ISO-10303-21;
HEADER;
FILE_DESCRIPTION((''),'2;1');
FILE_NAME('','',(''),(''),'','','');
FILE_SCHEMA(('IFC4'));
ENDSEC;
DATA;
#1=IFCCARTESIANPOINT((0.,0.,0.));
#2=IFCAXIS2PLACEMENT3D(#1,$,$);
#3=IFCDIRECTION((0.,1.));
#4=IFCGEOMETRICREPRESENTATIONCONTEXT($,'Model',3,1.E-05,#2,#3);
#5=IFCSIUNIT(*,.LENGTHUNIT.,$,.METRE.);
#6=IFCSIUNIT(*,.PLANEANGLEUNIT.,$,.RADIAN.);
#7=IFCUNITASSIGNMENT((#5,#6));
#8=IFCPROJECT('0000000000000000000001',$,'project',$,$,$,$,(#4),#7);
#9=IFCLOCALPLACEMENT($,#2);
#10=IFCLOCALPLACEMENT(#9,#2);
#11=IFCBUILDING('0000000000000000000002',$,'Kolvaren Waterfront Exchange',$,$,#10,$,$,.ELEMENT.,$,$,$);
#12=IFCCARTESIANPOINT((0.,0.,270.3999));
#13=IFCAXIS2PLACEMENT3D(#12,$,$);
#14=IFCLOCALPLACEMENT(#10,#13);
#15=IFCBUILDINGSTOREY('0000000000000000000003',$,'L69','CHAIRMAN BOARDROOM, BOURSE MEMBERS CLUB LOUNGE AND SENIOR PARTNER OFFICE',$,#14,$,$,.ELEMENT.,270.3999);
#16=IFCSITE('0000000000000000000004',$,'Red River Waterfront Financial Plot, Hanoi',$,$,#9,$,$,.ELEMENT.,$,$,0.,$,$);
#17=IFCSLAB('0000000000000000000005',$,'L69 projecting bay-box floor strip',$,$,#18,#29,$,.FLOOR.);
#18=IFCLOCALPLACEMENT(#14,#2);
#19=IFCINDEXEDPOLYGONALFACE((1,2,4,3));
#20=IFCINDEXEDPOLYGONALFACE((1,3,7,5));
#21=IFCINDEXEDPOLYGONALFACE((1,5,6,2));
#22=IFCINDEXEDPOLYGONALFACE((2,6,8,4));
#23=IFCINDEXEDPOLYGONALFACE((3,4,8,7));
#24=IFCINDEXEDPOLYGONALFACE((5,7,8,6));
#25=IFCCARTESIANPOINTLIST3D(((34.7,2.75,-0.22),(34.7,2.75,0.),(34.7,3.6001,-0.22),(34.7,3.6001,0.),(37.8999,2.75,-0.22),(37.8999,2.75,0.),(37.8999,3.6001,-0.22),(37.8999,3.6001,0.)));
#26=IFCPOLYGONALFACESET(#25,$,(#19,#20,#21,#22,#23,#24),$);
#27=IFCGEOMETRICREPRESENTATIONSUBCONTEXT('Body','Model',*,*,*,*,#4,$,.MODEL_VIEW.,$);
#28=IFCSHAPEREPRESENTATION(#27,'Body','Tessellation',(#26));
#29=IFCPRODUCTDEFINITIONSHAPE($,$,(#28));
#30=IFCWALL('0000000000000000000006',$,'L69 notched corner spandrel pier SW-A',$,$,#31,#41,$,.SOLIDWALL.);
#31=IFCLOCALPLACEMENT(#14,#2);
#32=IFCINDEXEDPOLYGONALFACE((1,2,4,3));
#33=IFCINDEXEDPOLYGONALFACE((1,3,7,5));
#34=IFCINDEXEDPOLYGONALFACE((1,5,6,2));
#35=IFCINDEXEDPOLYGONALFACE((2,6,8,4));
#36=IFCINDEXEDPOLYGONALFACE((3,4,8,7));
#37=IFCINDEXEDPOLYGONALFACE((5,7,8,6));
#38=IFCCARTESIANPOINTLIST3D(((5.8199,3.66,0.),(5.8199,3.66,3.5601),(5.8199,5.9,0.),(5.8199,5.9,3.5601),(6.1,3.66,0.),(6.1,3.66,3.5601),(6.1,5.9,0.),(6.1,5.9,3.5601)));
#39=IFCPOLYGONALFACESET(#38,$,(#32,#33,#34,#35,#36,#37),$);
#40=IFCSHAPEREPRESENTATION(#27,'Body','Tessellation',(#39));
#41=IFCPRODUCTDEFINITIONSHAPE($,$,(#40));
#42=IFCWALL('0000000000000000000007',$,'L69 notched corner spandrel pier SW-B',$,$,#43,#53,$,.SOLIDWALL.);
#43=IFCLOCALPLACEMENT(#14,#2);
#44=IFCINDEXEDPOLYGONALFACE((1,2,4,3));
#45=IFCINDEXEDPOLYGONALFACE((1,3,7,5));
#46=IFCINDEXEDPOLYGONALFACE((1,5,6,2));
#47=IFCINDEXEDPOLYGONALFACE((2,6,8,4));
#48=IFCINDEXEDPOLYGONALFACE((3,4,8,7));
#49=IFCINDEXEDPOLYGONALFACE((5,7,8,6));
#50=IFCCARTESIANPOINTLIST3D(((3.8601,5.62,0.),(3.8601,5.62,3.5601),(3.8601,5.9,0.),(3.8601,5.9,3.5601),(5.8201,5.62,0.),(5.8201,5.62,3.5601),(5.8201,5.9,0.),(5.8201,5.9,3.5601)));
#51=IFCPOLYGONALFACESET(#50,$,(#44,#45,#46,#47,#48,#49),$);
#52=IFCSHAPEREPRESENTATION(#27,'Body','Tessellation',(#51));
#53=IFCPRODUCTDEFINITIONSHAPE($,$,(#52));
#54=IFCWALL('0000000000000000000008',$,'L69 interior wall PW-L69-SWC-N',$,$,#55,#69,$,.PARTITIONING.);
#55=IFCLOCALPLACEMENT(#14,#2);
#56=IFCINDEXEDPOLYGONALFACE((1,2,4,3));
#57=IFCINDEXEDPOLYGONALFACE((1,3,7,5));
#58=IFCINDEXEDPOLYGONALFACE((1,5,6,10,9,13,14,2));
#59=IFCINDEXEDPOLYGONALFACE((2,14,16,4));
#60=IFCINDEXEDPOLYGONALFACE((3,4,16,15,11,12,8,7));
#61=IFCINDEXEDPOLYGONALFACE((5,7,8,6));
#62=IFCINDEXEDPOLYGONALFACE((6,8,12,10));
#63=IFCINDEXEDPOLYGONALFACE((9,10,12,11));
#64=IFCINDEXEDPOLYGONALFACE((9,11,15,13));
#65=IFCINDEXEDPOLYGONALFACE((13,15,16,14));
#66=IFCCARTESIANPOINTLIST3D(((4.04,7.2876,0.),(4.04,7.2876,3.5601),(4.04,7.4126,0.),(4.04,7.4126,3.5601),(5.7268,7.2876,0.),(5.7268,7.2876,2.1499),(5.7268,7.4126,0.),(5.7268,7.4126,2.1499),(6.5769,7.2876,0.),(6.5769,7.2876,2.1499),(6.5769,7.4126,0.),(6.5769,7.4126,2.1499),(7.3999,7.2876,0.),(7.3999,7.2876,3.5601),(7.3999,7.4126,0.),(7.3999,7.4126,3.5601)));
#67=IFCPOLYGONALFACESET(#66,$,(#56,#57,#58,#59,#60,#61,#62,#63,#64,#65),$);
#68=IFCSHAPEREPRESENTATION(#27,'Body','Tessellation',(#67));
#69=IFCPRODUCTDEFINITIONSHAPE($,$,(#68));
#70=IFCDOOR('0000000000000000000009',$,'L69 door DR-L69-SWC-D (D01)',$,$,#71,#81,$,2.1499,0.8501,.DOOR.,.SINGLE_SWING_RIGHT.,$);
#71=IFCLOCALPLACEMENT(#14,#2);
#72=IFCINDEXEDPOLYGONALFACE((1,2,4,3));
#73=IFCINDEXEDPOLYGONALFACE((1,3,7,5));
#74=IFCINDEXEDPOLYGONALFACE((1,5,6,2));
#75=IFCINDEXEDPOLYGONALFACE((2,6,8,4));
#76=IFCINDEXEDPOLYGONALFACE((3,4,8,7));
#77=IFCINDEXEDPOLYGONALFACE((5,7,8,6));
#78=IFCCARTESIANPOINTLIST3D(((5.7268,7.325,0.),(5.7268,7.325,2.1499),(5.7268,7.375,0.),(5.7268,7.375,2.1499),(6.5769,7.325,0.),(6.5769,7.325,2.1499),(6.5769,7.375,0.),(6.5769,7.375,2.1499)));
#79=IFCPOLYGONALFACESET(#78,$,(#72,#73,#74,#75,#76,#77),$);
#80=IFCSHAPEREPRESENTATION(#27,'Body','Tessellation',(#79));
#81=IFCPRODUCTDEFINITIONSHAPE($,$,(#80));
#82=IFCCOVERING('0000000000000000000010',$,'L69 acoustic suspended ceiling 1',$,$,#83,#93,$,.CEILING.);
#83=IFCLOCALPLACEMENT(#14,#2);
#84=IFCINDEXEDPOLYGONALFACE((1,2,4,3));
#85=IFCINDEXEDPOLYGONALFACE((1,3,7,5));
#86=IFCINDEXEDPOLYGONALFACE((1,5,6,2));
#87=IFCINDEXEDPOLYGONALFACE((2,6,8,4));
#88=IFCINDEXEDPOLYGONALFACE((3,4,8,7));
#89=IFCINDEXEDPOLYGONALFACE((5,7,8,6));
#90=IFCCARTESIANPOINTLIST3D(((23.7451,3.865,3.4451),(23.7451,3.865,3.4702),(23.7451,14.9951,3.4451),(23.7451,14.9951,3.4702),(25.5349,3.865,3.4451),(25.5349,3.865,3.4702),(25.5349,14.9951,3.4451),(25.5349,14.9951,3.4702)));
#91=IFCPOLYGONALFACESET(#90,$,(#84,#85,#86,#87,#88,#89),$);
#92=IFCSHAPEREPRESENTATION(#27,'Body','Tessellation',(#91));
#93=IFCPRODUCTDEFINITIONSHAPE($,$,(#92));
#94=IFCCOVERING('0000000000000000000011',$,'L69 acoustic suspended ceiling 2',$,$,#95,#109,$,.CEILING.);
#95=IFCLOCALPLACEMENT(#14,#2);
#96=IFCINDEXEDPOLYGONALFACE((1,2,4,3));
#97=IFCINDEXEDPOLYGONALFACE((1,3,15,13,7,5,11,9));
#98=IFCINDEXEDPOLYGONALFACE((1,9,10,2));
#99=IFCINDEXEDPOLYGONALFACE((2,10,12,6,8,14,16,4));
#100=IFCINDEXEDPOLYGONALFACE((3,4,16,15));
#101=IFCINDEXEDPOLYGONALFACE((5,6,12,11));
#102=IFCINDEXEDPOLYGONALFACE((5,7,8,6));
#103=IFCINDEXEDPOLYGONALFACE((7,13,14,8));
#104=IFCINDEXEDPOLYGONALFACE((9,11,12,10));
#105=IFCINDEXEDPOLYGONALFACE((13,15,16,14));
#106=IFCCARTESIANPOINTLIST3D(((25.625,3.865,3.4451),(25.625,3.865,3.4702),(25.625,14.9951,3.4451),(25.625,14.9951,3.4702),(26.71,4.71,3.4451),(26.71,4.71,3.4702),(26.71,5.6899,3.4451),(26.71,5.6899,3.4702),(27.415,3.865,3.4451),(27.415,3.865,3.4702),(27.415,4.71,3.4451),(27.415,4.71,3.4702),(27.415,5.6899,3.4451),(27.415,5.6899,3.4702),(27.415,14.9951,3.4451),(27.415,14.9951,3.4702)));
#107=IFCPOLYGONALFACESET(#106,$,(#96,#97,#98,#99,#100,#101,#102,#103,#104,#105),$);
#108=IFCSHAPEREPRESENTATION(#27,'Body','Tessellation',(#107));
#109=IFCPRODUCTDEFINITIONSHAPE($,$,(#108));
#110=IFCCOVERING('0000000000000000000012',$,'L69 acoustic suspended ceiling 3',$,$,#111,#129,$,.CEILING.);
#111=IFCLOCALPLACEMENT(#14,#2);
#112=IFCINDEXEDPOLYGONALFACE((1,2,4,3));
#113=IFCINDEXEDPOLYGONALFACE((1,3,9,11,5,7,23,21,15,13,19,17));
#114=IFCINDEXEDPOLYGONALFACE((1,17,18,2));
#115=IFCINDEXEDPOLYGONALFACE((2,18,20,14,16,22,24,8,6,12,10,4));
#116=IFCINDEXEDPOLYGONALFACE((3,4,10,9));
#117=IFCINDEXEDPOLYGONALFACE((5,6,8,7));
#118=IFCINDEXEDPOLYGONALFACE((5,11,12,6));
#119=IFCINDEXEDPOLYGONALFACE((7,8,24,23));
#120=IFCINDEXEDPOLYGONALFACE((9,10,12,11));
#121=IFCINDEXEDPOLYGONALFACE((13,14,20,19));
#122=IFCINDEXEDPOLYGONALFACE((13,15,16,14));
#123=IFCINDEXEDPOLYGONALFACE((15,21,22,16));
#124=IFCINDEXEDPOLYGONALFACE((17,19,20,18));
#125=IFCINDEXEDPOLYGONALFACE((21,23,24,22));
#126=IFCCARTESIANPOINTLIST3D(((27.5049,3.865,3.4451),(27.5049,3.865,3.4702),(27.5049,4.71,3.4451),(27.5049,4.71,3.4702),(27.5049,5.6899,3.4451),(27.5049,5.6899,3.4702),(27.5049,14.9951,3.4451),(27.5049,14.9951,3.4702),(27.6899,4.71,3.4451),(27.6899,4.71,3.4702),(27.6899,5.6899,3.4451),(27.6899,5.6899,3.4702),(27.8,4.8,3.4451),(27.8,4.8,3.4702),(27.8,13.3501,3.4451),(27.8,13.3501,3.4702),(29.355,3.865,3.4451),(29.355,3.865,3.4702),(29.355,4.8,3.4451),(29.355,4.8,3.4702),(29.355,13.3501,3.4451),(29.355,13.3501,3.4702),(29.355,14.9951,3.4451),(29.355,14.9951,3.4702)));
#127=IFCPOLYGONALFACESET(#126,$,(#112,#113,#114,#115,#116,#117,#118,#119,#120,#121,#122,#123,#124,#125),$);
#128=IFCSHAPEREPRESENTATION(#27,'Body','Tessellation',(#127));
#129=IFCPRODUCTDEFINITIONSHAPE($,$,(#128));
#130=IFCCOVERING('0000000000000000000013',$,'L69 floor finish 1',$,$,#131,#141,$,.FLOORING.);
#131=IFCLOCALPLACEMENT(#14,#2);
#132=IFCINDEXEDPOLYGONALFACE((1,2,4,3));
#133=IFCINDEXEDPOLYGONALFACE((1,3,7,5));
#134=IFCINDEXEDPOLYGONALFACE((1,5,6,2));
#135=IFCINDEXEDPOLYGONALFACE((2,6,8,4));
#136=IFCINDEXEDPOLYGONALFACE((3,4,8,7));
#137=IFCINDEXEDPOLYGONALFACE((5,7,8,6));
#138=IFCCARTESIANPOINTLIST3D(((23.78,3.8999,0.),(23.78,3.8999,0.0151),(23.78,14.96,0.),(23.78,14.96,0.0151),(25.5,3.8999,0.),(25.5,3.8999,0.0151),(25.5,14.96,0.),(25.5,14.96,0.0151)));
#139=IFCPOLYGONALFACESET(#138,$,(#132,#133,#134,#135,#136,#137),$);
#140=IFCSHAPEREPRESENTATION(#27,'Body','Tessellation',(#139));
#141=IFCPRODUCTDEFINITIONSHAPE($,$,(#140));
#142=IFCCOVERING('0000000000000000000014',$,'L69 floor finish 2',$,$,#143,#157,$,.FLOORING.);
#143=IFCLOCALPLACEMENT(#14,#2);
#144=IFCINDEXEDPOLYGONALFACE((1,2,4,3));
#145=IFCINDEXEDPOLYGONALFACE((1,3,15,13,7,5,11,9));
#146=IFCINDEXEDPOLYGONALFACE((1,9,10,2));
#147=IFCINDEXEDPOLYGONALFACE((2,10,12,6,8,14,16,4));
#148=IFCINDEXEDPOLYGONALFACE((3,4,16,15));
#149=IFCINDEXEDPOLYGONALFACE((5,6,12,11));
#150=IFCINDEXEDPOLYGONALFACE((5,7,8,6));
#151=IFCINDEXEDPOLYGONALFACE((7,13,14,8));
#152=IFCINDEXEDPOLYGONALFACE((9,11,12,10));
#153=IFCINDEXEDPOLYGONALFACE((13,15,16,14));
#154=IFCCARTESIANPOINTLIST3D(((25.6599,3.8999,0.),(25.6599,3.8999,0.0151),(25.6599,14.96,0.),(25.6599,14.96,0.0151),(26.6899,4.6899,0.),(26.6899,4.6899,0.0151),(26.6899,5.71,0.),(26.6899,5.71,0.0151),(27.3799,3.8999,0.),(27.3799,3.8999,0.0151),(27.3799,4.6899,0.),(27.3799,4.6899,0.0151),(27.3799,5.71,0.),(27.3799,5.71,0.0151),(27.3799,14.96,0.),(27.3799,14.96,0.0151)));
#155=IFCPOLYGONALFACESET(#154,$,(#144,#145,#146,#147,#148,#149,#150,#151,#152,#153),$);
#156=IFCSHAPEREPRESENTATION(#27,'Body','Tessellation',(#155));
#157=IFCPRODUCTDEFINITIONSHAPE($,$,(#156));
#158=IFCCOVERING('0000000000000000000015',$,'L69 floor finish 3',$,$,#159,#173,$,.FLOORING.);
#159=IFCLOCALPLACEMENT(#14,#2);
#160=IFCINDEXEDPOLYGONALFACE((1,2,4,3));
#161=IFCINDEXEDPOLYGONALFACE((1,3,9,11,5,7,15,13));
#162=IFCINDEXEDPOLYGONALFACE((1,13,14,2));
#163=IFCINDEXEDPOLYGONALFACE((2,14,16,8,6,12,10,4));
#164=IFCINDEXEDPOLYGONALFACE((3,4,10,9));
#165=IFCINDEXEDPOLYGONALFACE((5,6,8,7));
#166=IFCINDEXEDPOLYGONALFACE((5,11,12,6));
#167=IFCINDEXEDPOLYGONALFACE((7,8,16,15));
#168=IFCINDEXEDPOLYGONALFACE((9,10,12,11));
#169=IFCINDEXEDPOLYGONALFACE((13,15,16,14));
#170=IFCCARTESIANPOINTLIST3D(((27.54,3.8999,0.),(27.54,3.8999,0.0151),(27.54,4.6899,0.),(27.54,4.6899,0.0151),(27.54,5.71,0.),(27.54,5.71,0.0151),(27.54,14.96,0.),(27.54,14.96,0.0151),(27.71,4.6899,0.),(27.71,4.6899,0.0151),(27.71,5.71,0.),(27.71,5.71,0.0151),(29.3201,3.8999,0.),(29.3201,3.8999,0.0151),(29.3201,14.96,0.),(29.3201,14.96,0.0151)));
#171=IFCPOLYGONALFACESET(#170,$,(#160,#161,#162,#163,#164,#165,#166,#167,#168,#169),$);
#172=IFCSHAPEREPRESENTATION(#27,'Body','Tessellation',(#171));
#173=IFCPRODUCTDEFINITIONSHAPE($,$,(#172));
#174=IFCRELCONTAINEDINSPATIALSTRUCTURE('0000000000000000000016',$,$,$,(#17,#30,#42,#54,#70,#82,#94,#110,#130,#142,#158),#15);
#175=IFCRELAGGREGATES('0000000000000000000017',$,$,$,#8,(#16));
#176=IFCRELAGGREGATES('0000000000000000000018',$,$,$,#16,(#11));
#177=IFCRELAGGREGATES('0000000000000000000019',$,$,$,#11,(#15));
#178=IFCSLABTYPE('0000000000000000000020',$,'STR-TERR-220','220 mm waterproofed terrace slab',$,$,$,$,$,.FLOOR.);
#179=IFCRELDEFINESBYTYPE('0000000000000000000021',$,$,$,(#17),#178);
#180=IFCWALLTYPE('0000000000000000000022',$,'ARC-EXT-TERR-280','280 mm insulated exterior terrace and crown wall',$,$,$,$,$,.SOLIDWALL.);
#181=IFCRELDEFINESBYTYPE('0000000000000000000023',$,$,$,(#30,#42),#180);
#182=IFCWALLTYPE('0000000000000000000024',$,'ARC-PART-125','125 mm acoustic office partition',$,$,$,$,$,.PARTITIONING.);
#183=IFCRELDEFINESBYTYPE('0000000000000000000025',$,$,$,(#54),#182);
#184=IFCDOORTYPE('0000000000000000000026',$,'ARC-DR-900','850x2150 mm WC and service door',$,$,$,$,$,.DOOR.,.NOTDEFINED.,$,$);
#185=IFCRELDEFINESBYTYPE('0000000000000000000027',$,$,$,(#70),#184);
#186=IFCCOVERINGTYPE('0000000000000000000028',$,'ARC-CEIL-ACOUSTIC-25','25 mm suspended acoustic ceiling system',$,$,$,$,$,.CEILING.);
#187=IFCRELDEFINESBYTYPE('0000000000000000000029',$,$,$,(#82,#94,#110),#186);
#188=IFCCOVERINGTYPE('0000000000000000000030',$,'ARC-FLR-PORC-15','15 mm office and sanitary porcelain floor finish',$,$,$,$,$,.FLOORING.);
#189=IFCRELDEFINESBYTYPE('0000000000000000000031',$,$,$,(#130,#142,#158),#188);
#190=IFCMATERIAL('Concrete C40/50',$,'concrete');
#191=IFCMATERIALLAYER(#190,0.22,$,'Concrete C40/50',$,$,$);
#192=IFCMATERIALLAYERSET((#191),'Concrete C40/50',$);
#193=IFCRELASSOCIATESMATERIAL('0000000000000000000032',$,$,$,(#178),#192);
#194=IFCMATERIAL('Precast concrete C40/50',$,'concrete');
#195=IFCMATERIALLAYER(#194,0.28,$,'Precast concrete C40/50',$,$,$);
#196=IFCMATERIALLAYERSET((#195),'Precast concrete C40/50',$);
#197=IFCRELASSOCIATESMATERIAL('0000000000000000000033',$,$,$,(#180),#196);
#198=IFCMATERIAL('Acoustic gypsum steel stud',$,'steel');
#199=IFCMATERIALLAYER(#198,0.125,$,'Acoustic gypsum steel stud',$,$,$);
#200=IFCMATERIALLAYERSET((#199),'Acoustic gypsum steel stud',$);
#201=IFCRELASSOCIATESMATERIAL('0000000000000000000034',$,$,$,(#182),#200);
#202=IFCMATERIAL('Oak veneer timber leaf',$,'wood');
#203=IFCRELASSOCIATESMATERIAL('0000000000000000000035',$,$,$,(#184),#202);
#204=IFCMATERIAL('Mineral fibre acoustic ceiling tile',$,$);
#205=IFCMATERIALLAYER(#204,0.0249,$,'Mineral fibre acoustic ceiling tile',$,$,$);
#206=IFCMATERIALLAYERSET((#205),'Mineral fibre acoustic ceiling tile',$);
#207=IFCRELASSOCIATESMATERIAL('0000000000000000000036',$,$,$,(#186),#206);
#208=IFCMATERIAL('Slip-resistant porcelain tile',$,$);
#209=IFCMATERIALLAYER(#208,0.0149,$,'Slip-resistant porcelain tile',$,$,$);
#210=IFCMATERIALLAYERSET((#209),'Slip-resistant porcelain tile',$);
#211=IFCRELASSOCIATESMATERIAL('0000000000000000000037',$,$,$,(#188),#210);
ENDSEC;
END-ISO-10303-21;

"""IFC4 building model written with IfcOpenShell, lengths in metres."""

from ifc_helpers import new_model, si_unit, direction, frame, frame_2d, origin, place, context, subcontext, project, spatial, polyline, rectangle, outline, extrude, material, layer, layer_set, type_object, element, fill, save


model = new_model("IFC4")

# Units and contexts
model_context = context("Model", 3, precision=1e-05, world=origin(), true_north=direction((0.0, 1.0)))
body_context = subcontext(model_context, "Body", "Model", "MODEL_VIEW")
ifc_project = project(units=[si_unit("LENGTHUNIT", "METRE"), si_unit("PLANEANGLEUNIT", "RADIAN")], contexts=[model_context])

# Site, building, storey
site_placement = place(None, origin())
site = spatial("IfcSite", under=ifc_project, at=site_placement, Name="Red River Waterfront Financial Plot, Hanoi", CompositionType="ELEMENT", RefElevation=0.0)
building_placement = place(site_placement, origin())
building = spatial("IfcBuilding", under=site, at=building_placement, Name="Kolvaren Waterfront Exchange", CompositionType="ELEMENT")
storey_placement = place(building_placement, frame((0.0, 0.0, 270.3999)))
storey = spatial("IfcBuildingStorey", under=building, at=storey_placement, Name="L69", Description="CHAIRMAN BOARDROOM, BOURSE MEMBERS CLUB LOUNGE AND SENIOR PARTNER OFFICE", CompositionType="ELEMENT", Elevation=270.3999)

# Shared definitions
ifc_material_1 = material(Name="Concrete C40/50", Category="concrete")

# Slab
ifc_layer_1 = layer(ifc_material_1, 0.22, Name="Concrete C40/50")
ifc_layer_set_1 = layer_set([ifc_layer_1], Name="Concrete C40/50")
slab_type_1 = type_object("IfcSlabType", Name="STR-TERR-220", Description="220 mm waterproofed terrace slab", PredefinedType="FLOOR", material=ifc_layer_set_1)
slab_1_placement = place(storey_placement, frame((0.0, 0.0, -0.22)))
element("IfcSlab", 1, at=slab_1_placement, inside=storey, type_object=slab_type_1, Name="L69 projecting bay-box floor strip", PredefinedType="FLOOR", context=body_context, shape_type="SweptSolid", body=[
    extrude(outline(polyline([(34.7, 2.75), (37.8999, 2.75), (37.8999, 3.6001), (34.7, 3.6001), (34.7, 2.75)])), origin(), (0.0, 0.0, 1.0), 0.22),
])

# Walls
ifc_material_2 = material(Name="Precast concrete C40/50", Category="concrete")
ifc_layer_2 = layer(ifc_material_2, 0.28, Name="Precast concrete C40/50")
ifc_layer_set_2 = layer_set([ifc_layer_2], Name="Precast concrete C40/50")
wall_type_1 = type_object("IfcWallType", Name="ARC-EXT-TERR-280", Description="280 mm insulated exterior terrace and crown wall", PredefinedType="SOLIDWALL", material=ifc_layer_set_2)
wall_1_placement = place(storey_placement, frame((5.96, 3.6599, 0.0), z_axis=(0.0, 0.0, 1.0), x_axis=(0.0, 1.0, 0.0)))
element("IfcWall", 2, at=wall_1_placement, inside=storey, type_object=wall_type_1, Name="L69 notched corner spandrel pier SW-A", PredefinedType="SOLIDWALL", context=body_context, shape_type="SweptSolid", body=[
    extrude(rectangle(XDim=2.24, YDim=0.28, at=frame_2d((1.1201, 0.0))), origin(), (0.0, 0.0, 1.0), 3.5601),
])
wall_2_placement = place(storey_placement, frame((3.8601, 5.76, 0.0), z_axis=(0.0, 0.0, 1.0), x_axis=(1.0, 0.0, 0.0)))
element("IfcWall", 3, at=wall_2_placement, inside=storey, type_object=wall_type_1, Name="L69 notched corner spandrel pier SW-B", PredefinedType="SOLIDWALL", context=body_context, shape_type="SweptSolid", body=[
    extrude(rectangle(XDim=1.96, YDim=0.28, at=frame_2d((0.98, 0.0))), origin(), (0.0, 0.0, 1.0), 3.5601),
])

# Wall, opening, door
ifc_material_3 = material(Name="Acoustic gypsum steel stud", Category="steel")
ifc_layer_3 = layer(ifc_material_3, 0.125, Name="Acoustic gypsum steel stud")
ifc_layer_set_3 = layer_set([ifc_layer_3], Name="Acoustic gypsum steel stud")
wall_type_2 = type_object("IfcWallType", Name="ARC-PART-125", Description="125 mm acoustic office partition", PredefinedType="PARTITIONING", material=ifc_layer_set_3)
wall_3_placement = place(storey_placement, frame((4.04, 7.3501, 0.0), z_axis=(0.0, 0.0, 1.0), x_axis=(1.0, 0.0, 0.0)))
wall_3 = element("IfcWall", 4, at=wall_3_placement, inside=storey, type_object=wall_type_2, Name="L69 interior wall PW-L69-SWC-N", PredefinedType="PARTITIONING", context=body_context, shape_type="SweptSolid", body=[
    extrude(rectangle(XDim=3.3599, YDim=0.125, at=frame_2d((1.6799, 0.0))), origin(), (0.0, 0.0, 1.0), 3.5601),
])
opening_placement = place(wall_3_placement, frame((1.6868, 0.0, 0.0)))
opening = element("IfcOpeningElement", 5, at=opening_placement, cuts=wall_3, PredefinedType="OPENING", context=body_context, shape_type="SweptSolid", body=[
    extrude(rectangle(XDim=0.8501, YDim=2.1499, at=frame_2d((0.425, 1.075))), frame((0.0, 0.0725, 0.0), z_axis=(0.0, -1.0, 0.0), x_axis=(1.0, 0.0, 0.0)), (0.0, 0.0, 1.0), 0.145),
])
ifc_material_4 = material(Name="Oak veneer timber leaf", Category="wood")
door_type = type_object("IfcDoorType", Name="ARC-DR-900", Description="850x2150 mm WC and service door", OperationType="NOTDEFINED", PredefinedType="DOOR", material=ifc_material_4)
door_placement = place(opening_placement, origin())
door = element("IfcDoor", 6, at=door_placement, inside=storey, type_object=door_type, Name="L69 door DR-L69-SWC-D (D01)", OperationType="SINGLE_SWING_RIGHT", OverallHeight=2.1499, OverallWidth=0.8501, PredefinedType="DOOR", context=body_context, shape_type="SweptSolid", body=[
    extrude(rectangle(XDim=0.8501, YDim=2.1499, at=frame_2d((0.425, 1.075))), frame((0.0, 0.0249, 0.0), z_axis=(0.0, -1.0, 0.0), x_axis=(1.0, 0.0, 0.0)), (0.0, 0.0, 1.0), 0.05),
])
fill(opening, door)

# Coverings
ifc_material_5 = material(Name="Mineral fibre acoustic ceiling tile")
ifc_layer_4 = layer(ifc_material_5, 0.0249, Name="Mineral fibre acoustic ceiling tile")
ifc_layer_set_4 = layer_set([ifc_layer_4], Name="Mineral fibre acoustic ceiling tile")
covering_type_1 = type_object("IfcCoveringType", Name="ARC-CEIL-ACOUSTIC-25", Description="25 mm suspended acoustic ceiling system", PredefinedType="CEILING", material=ifc_layer_set_4)
covering_1_placement = place(storey_placement, frame((0.0, 0.0, 3.4451)))
element("IfcCovering", 7, at=covering_1_placement, inside=storey, type_object=covering_type_1, Name="L69 acoustic suspended ceiling 1", PredefinedType="CEILING", context=body_context, shape_type="SweptSolid", body=[
    extrude(outline(polyline([(25.5349, 3.865), (25.5349, 14.9951), (23.7451, 14.9951), (23.7451, 3.865), (25.5349, 3.865)])), origin(), (0.0, 0.0, 1.0), 0.0251),
])
covering_2_placement = place(storey_placement, frame((0.0, 0.0, 3.4451)))
element("IfcCovering", 8, at=covering_2_placement, inside=storey, type_object=covering_type_1, Name="L69 acoustic suspended ceiling 2", PredefinedType="CEILING", context=body_context, shape_type="SweptSolid", body=[
    extrude(outline(polyline([(27.415, 4.71), (26.71, 4.71), (26.71, 5.6899), (27.415, 5.6899), (27.415, 14.9951), (25.625, 14.9951), (25.625, 3.865), (27.415, 3.865), (27.415, 4.71)])), origin(), (0.0, 0.0, 1.0), 0.0251),
])
covering_3_placement = place(storey_placement, frame((0.0, 0.0, 3.4451)))
element("IfcCovering", 9, at=covering_3_placement, inside=storey, type_object=covering_type_1, Name="L69 acoustic suspended ceiling 3", PredefinedType="CEILING", context=body_context, shape_type="SweptSolid", body=[
    extrude(outline(polyline([(27.5049, 5.6899), (27.6899, 5.6899), (27.6899, 4.71), (27.5049, 4.71), (27.5049, 3.865), (29.355, 3.865), (29.355, 4.8), (27.8, 4.8), (27.8, 13.3501), (29.355, 13.3501), (29.355, 14.9951), (27.5049, 14.9951), (27.5049, 5.6899)])), origin(), (0.0, 0.0, 1.0), 0.0251),
])
ifc_material_6 = material(Name="Slip-resistant porcelain tile")
ifc_layer_5 = layer(ifc_material_6, 0.0149, Name="Slip-resistant porcelain tile")
ifc_layer_set_5 = layer_set([ifc_layer_5], Name="Slip-resistant porcelain tile")
covering_type_2 = type_object("IfcCoveringType", Name="ARC-FLR-PORC-15", Description="15 mm office and sanitary porcelain floor finish", PredefinedType="FLOORING", material=ifc_layer_set_5)
covering_4_placement = place(storey_placement, origin())
element("IfcCovering", 10, at=covering_4_placement, inside=storey, type_object=covering_type_2, Name="L69 floor finish 1", PredefinedType="FLOORING", context=body_context, shape_type="SweptSolid", body=[
    extrude(outline(polyline([(23.78, 14.96), (23.78, 3.8999), (25.5, 3.8999), (25.5, 14.96), (23.78, 14.96)])), origin(), (0.0, 0.0, 1.0), 0.0151),
])
covering_5_placement = place(storey_placement, origin())
element("IfcCovering", 11, at=covering_5_placement, inside=storey, type_object=covering_type_2, Name="L69 floor finish 2", PredefinedType="FLOORING", context=body_context, shape_type="SweptSolid", body=[
    extrude(outline(polyline([(25.6599, 14.96), (25.6599, 3.8999), (27.3799, 3.8999), (27.3799, 4.6899), (26.6899, 4.6899), (26.6899, 5.71), (27.3799, 5.71), (27.3799, 14.96), (25.6599, 14.96)])), origin(), (0.0, 0.0, 1.0), 0.0151),
])
covering_6_placement = place(storey_placement, origin())
element("IfcCovering", 12, at=covering_6_placement, inside=storey, type_object=covering_type_2, Name="L69 floor finish 3", PredefinedType="FLOORING", context=body_context, shape_type="SweptSolid", body=[
    extrude(outline(polyline([(27.54, 4.6899), (27.54, 3.8999), (29.3201, 3.8999), (29.3201, 14.96), (27.54, 14.96), (27.54, 5.71), (27.71, 5.71), (27.71, 4.6899), (27.54, 4.6899)])), origin(), (0.0, 0.0, 1.0), 0.0151),
])

save(model, "model.ifc")
